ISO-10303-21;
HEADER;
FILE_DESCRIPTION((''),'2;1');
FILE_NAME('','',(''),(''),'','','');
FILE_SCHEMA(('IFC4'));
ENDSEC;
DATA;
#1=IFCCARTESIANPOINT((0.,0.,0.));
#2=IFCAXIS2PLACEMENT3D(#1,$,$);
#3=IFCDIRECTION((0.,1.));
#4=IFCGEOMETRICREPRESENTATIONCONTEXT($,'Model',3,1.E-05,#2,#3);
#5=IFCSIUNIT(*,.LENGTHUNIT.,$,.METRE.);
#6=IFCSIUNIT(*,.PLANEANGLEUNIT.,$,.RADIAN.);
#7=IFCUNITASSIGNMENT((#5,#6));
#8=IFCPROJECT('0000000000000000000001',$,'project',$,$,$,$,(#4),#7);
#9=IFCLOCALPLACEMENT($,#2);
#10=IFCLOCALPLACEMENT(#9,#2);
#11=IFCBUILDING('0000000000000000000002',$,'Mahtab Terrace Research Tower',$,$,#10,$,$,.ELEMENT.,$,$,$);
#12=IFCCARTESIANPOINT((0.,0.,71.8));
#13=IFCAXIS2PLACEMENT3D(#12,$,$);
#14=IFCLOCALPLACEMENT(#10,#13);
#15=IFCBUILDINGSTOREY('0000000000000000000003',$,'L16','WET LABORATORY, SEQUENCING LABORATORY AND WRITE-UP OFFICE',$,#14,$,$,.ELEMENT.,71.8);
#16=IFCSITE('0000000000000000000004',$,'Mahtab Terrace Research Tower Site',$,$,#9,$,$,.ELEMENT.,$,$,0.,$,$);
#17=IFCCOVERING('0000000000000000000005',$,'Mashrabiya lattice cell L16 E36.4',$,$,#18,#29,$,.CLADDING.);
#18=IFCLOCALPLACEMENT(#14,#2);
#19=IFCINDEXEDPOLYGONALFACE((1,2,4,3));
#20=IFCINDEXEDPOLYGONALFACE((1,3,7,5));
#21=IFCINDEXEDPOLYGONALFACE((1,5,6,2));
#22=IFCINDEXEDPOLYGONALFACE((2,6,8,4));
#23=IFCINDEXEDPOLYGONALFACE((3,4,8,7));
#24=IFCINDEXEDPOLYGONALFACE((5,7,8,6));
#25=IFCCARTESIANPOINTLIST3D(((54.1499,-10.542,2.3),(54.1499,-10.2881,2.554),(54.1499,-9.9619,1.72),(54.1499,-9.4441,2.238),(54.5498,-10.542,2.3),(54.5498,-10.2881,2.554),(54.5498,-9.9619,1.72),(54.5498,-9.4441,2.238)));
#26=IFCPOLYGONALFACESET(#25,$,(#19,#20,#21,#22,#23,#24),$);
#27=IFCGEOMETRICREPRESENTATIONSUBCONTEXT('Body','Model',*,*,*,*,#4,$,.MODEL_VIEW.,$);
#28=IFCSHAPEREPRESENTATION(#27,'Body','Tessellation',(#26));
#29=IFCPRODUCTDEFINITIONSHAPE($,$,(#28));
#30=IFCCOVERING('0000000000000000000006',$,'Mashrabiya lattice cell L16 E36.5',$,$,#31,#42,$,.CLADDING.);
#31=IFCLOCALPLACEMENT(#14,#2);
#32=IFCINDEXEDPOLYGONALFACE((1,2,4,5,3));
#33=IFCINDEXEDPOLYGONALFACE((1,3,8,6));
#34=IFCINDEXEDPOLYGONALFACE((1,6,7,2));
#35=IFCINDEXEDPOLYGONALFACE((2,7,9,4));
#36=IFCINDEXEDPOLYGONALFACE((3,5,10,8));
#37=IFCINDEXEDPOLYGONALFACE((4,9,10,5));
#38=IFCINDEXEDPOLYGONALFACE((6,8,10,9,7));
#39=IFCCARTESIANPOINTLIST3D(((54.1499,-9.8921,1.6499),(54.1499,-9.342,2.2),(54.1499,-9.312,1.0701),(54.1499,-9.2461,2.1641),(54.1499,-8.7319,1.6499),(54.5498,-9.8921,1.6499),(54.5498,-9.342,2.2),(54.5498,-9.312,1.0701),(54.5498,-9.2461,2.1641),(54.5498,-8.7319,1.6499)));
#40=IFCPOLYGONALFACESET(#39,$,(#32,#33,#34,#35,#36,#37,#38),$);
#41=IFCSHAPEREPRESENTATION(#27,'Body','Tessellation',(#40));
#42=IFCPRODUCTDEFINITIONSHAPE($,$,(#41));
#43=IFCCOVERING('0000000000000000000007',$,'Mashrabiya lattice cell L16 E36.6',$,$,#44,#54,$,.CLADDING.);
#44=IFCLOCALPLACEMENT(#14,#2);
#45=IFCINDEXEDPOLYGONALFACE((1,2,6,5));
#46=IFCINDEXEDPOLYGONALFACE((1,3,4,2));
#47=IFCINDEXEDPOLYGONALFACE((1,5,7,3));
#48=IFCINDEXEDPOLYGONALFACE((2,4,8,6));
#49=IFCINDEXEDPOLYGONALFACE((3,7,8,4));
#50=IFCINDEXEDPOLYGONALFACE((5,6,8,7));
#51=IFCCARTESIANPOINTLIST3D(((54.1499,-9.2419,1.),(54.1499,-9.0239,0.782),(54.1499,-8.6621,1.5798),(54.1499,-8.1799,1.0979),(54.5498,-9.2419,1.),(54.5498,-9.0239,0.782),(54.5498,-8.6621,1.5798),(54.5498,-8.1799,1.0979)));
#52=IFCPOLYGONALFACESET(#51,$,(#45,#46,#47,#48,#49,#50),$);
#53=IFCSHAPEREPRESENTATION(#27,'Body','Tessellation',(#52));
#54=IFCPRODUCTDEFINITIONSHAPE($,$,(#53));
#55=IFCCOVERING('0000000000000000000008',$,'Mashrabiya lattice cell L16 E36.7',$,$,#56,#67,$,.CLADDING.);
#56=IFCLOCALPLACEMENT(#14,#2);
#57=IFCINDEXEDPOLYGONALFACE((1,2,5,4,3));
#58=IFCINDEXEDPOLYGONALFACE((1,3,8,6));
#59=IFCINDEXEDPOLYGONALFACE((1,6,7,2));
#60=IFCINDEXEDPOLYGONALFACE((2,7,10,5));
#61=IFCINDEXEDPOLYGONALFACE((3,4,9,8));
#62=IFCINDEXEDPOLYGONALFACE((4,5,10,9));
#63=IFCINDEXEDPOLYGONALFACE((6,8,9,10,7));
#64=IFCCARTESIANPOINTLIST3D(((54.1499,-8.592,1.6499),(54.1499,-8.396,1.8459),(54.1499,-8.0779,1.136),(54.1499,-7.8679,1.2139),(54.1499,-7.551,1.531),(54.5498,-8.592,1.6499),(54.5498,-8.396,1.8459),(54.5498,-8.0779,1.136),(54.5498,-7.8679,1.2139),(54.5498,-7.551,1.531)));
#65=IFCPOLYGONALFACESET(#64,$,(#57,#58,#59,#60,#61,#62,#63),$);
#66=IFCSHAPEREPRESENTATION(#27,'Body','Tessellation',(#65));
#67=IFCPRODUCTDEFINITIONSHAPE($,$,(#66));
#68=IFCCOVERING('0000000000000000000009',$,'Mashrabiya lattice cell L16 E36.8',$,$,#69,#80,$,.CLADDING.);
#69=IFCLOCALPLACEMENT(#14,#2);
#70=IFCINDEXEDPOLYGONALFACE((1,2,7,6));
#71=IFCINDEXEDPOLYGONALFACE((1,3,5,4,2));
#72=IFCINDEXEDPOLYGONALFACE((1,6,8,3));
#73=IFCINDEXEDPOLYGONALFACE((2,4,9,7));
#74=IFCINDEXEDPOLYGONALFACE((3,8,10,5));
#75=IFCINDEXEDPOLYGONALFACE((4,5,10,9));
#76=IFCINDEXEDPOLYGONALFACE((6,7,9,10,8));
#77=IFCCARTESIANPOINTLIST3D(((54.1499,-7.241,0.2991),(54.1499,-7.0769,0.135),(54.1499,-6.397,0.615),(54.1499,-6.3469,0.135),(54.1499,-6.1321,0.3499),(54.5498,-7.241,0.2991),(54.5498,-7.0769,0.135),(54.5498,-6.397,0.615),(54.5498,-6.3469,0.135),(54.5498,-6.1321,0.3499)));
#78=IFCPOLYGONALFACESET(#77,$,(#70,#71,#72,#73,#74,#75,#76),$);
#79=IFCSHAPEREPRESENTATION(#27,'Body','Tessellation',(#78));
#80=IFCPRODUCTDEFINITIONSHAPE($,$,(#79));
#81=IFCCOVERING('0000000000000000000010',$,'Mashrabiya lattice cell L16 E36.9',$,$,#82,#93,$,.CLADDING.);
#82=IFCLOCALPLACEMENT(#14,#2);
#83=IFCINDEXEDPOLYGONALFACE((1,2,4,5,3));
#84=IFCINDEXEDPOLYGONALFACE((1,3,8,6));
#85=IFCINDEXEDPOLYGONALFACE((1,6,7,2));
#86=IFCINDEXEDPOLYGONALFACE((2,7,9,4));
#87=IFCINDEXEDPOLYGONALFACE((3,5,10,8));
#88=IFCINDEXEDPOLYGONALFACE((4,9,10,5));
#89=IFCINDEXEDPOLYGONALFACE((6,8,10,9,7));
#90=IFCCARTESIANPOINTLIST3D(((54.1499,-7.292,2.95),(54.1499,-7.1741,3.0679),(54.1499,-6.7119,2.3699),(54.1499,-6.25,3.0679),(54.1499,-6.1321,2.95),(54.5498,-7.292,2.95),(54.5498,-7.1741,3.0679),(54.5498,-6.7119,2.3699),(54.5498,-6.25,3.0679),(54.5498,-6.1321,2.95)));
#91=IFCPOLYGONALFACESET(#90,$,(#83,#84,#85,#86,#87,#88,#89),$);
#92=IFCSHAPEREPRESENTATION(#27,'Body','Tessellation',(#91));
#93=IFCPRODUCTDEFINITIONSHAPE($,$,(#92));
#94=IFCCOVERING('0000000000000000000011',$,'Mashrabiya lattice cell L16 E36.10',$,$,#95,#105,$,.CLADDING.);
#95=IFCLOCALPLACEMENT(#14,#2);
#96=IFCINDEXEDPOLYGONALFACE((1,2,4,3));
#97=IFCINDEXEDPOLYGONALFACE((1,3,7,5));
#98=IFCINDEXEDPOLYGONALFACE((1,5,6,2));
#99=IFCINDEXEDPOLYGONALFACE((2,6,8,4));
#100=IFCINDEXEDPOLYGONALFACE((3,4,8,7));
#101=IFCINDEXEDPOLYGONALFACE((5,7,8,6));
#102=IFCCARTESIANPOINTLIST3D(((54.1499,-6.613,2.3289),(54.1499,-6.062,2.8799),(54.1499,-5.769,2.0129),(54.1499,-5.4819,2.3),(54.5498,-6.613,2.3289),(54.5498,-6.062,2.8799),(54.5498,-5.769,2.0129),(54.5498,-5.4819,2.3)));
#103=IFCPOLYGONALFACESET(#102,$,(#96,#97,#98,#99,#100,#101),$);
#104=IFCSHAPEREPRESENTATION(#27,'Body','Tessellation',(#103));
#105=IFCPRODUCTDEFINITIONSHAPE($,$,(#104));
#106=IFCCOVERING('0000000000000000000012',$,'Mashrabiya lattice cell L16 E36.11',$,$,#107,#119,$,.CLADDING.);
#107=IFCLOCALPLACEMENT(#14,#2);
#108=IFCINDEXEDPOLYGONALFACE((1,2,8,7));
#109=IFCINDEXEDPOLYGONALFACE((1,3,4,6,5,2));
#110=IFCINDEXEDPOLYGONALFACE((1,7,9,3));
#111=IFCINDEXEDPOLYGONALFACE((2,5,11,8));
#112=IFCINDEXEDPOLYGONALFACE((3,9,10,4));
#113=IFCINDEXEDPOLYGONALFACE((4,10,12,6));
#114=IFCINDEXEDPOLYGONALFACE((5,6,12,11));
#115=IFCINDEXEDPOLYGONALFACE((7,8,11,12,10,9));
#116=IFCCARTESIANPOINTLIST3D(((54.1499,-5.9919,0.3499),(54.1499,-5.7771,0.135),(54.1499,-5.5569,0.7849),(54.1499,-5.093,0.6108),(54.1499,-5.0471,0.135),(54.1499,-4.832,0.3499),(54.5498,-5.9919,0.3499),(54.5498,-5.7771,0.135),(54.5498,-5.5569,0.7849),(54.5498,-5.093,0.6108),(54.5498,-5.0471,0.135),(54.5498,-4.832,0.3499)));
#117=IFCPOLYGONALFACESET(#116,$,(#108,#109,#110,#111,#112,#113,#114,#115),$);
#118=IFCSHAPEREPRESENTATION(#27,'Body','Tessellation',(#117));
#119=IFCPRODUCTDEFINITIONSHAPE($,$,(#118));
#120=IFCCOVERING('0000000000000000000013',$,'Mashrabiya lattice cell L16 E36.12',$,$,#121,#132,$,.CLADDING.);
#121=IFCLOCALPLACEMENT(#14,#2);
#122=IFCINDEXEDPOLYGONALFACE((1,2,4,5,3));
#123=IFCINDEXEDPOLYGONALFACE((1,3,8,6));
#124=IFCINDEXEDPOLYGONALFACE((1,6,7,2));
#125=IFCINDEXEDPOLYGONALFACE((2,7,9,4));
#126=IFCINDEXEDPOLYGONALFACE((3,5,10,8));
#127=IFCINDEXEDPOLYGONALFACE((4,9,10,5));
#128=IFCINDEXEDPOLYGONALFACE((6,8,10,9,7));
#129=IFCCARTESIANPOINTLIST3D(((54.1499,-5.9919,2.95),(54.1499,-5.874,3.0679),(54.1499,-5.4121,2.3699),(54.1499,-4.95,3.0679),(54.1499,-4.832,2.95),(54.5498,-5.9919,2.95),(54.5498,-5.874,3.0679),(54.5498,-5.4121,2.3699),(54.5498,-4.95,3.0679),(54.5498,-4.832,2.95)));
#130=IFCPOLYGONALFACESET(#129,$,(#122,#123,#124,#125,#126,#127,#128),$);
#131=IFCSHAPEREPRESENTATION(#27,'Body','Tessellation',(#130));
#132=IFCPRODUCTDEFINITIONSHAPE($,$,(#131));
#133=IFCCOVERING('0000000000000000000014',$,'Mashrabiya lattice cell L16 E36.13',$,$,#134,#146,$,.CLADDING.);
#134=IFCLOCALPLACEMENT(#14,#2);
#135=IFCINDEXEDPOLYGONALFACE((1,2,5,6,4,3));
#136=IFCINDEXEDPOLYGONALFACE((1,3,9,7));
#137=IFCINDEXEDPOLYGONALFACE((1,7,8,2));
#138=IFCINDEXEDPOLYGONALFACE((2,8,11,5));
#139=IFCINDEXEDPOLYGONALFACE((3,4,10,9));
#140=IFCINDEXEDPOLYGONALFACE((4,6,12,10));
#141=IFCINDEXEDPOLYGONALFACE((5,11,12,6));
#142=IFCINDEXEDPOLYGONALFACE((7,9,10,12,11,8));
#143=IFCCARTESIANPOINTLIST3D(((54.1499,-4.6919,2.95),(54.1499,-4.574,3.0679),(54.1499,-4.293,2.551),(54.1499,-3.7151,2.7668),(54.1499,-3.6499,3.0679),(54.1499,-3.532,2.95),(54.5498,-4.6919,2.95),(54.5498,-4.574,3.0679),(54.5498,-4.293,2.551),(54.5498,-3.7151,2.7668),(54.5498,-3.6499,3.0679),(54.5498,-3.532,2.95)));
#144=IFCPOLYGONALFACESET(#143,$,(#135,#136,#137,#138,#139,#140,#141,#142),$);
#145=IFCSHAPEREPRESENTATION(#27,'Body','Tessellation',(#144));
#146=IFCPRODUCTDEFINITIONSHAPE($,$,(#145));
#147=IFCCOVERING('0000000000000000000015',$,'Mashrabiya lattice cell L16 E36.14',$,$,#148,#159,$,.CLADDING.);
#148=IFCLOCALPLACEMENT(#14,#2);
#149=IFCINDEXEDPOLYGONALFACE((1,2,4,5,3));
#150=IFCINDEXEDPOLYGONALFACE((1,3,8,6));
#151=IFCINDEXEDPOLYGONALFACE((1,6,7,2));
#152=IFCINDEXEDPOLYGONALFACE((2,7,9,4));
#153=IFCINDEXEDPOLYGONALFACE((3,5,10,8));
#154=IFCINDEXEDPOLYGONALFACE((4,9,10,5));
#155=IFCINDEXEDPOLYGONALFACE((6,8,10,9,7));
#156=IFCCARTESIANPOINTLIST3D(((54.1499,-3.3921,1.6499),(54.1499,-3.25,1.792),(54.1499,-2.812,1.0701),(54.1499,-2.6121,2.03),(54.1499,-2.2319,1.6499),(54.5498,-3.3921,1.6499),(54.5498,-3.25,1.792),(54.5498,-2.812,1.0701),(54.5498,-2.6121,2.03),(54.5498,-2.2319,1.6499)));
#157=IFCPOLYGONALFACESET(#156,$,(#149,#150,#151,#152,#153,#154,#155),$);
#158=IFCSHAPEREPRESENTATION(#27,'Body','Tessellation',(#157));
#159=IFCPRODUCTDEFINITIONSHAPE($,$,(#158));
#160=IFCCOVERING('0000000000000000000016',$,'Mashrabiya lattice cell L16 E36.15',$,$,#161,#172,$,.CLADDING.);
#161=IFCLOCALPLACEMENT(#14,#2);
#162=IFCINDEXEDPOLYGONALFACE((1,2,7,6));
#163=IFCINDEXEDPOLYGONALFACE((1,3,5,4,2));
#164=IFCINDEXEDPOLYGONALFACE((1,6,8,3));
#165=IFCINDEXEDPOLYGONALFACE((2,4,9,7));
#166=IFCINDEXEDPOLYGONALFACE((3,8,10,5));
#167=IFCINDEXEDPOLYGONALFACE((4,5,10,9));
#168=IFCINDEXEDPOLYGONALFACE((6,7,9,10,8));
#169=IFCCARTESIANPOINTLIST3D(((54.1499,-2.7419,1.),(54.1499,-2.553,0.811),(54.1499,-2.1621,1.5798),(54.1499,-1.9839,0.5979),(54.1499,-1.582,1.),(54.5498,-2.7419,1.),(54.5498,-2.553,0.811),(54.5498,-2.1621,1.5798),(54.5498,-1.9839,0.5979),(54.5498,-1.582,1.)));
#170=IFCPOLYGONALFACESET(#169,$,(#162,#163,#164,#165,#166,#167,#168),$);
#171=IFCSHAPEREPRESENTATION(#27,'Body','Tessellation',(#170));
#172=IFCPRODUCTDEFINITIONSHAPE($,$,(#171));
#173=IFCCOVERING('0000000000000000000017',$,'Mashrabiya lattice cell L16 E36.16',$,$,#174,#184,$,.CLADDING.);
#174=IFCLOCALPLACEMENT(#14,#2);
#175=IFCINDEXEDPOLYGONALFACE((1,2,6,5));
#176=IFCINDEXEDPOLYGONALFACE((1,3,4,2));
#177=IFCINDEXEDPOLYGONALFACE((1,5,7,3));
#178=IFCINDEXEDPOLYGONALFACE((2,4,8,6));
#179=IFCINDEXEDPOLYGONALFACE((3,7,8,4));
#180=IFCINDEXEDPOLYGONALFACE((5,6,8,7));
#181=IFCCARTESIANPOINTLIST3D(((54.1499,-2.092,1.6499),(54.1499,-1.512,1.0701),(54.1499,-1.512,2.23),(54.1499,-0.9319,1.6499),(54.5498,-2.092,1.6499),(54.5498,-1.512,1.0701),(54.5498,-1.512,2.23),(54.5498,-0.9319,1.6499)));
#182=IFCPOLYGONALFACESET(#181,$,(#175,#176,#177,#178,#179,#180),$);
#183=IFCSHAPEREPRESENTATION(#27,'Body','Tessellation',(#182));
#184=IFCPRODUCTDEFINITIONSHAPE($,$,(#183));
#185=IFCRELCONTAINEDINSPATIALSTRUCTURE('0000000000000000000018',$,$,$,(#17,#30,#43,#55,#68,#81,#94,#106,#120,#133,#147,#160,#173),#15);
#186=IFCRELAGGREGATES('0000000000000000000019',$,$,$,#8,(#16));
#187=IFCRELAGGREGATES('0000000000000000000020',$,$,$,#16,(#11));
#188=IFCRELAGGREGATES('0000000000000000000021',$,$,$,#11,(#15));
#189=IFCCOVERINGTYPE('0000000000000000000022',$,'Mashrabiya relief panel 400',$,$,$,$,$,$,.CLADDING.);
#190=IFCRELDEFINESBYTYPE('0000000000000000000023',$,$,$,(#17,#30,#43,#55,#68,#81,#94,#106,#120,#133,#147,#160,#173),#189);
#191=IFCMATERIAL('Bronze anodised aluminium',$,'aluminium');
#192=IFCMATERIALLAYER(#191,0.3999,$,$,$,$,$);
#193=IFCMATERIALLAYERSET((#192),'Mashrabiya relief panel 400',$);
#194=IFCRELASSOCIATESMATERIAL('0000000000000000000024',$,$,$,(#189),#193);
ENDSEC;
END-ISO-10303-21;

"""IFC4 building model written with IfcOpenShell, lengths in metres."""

from ifc_helpers import new_model, si_unit, direction, frame, origin, place, context, subcontext, project, spatial, polyline, outline, extrude, material, layer, layer_set, type_object, element, save


model = new_model("IFC4")

# Units and contexts
model_context = context("Model", 3, precision=1e-05, world=origin(), true_north=direction((0.0, 1.0)))
body_context = subcontext(model_context, "Body", "Model", "MODEL_VIEW")
ifc_project = project(units=[si_unit("LENGTHUNIT", "METRE"), si_unit("PLANEANGLEUNIT", "RADIAN")], contexts=[model_context])

# Site, building, storey
site_placement = place(None, origin())
site = spatial("IfcSite", under=ifc_project, at=site_placement, Name="Mahtab Terrace Research Tower Site", CompositionType="ELEMENT", RefElevation=0.0)
building_placement = place(site_placement, origin())
building = spatial("IfcBuilding", under=site, at=building_placement, Name="Mahtab Terrace Research Tower", CompositionType="ELEMENT")
storey_placement = place(building_placement, frame((0.0, 0.0, 71.8)))
storey = spatial("IfcBuildingStorey", under=building, at=storey_placement, Name="L16", Description="WET LABORATORY, SEQUENCING LABORATORY AND WRITE-UP OFFICE", CompositionType="ELEMENT", Elevation=71.8)

# Coverings
ifc_material_1 = material(Name="Bronze anodised aluminium", Category="aluminium")
ifc_layer_1 = layer(ifc_material_1, 0.3999)
ifc_layer_set_1 = layer_set([ifc_layer_1], Name="Mashrabiya relief panel 400")
covering_type = type_object("IfcCoveringType", Name="Mashrabiya relief panel 400", PredefinedType="CLADDING", material=ifc_layer_set_1)
covering_1_placement = place(storey_placement, frame((54.1499, -9.9619, 1.72), z_axis=(-1.0, 0.0, 0.0), x_axis=(0.0, -0.707107, 0.707107)))
element("IfcCovering", 1, at=covering_1_placement, inside=storey, type_object=covering_type, Name="Mashrabiya lattice cell L16 E36.4", PredefinedType="CLADDING", context=body_context, shape_type="SweptSolid", body=[
    extrude(outline(polyline([(0.0, 0.0), (0.8204, 0.0), (0.8204, 0.3591), (0.0002, 0.7325), (0.0, 0.0)])), origin(), (0.0, 0.0, -1.0), 0.3999),
])
covering_2_placement = place(storey_placement, frame((54.1499, -8.7319, 1.6499), z_axis=(-1.0, 0.0, 0.0), x_axis=(0.0, -0.707256, -0.706958)))
element("IfcCovering", 2, at=covering_2_placement, inside=storey, type_object=covering_type, Name="Mashrabiya lattice cell L16 E36.5", PredefinedType="CLADDING", context=body_context, shape_type="SweptSolid", body=[
    extrude(outline(polyline([(0.0, 0.0), (0.8202, 0.0), (0.8205, 0.8202), (0.0426, 0.8203), (0.0002, 0.7271), (0.0, 0.0)])), origin(), (0.0, 0.0, -1.0), 0.3999),
])
covering_3_placement = place(storey_placement, frame((54.1499, -9.2419, 1.0), z_axis=(-1.0, 0.0, 0.0), x_axis=(0.0, 0.707107, 0.707107)))
element("IfcCovering", 3, at=covering_3_placement, inside=storey, type_object=covering_type, Name="Mashrabiya lattice cell L16 E36.6", PredefinedType="CLADDING", context=body_context, shape_type="SweptSolid", body=[
    extrude(outline(polyline([(0.0, 0.0), (0.82, 0.0), (0.8202, 0.6817), (0.0, 0.3083), (0.0, 0.0)])), origin(), (0.0, 0.0, -1.0), 0.3999),
])
covering_4_placement = place(storey_placement, frame((54.1499, -8.592, 1.6499), z_axis=(-1.0, 0.0, 0.0), x_axis=(0.0, 0.707107, 0.707107)))
element("IfcCovering", 4, at=covering_4_placement, inside=storey, type_object=covering_type, Name="Mashrabiya lattice cell L16 E36.7", PredefinedType="CLADDING", context=body_context, shape_type="SweptSolid", body=[
    extrude(outline(polyline([(0.0, 0.0), (0.2772, 0.0), (0.652, 0.8202), (0.2037, 0.8204), (0.0002, 0.727), (0.0, 0.0)])), origin(), (0.0, 0.0, -1.0), 0.3999),
])
covering_5_placement = place(storey_placement, frame((54.1499, -7.241, 0.2991), z_axis=(-1.0, 0.0, 0.0), x_axis=(0.0, 0.936541, 0.350559)))
element("IfcCovering", 5, at=covering_5_placement, inside=storey, type_object=covering_type, Name="Mashrabiya lattice cell L16 E36.8", PredefinedType="CLADDING", context=body_context, shape_type="SweptSolid", body=[
    extrude(outline(polyline([(0.0, 0.0), (0.9012, 0.0), (1.0563, 0.3412), (0.7798, 0.4671), (0.0961, 0.2112), (0.0, 0.0)])), origin(), (0.0, 0.0, -1.0), 0.3999),
])
covering_6_placement = place(storey_placement, frame((54.1499, -6.1321, 2.95), z_axis=(-1.0, 0.0, 0.0), x_axis=(0.0, -0.706958, -0.707256)))
element("IfcCovering", 6, at=covering_6_placement, inside=storey, type_object=covering_type, Name="Mashrabiya lattice cell L16 E36.9", PredefinedType="CLADDING", context=body_context, shape_type="SweptSolid", body=[
    extrude(outline(polyline([(0.0, 0.0), (0.8202, 0.0), (0.82, 0.8204), (0.6532, 0.8203), (0.0, 0.1668), (0.0, 0.0)])), origin(), (0.0, 0.0, -1.0), 0.3999),
])
covering_7_placement = place(storey_placement, frame((54.1499, -6.062, 2.8799), z_axis=(-1.0, 0.0, 0.0), x_axis=(0.0, 0.707256, -0.706958)))
element("IfcCovering", 7, at=covering_7_placement, inside=storey, type_object=covering_type, Name="Mashrabiya lattice cell L16 E36.10", PredefinedType="CLADDING", context=body_context, shape_type="SweptSolid", body=[
    extrude(outline(polyline([(0.0, 0.0), (0.8202, 0.0), (0.8201, 0.406), (-0.0002, 0.7793), (0.0, 0.0)])), origin(), (0.0, 0.0, -1.0), 0.3999),
])
covering_8_placement = place(storey_placement, frame((54.1499, -5.9919, 0.3499), z_axis=(-1.0, 0.0, 0.0), x_axis=(0.0, 0.707107, 0.707107)))
element("IfcCovering", 8, at=covering_8_placement, inside=storey, type_object=covering_type, Name="Mashrabiya lattice cell L16 E36.11", PredefinedType="CLADDING", context=body_context, shape_type="SweptSolid", body=[
    extrude(outline(polyline([(0.0, 0.0), (0.6153, 0.0), (0.8202, 0.4511), (0.8202, 0.8202), (0.5162, 0.82), (0.0, 0.3038), (0.0, 0.0)])), origin(), (0.0, 0.0, -1.0), 0.3999),
])
covering_9_placement = place(storey_placement, frame((54.1499, -4.832, 2.95), z_axis=(-1.0, 0.0, 0.0), x_axis=(0.0, -0.707107, -0.707107)))
element("IfcCovering", 9, at=covering_9_placement, inside=storey, type_object=covering_type, Name="Mashrabiya lattice cell L16 E36.12", PredefinedType="CLADDING", context=body_context, shape_type="SweptSolid", body=[
    extrude(outline(polyline([(0.0, 0.0), (0.8204, 0.0), (0.8202, 0.8202), (0.6534, 0.8202), (0.0, 0.1668), (0.0, 0.0)])), origin(), (0.0, 0.0, -1.0), 0.3999),
])
covering_10_placement = place(storey_placement, frame((54.1499, -4.6919, 2.95), z_axis=(-1.0, 0.0, 0.0), x_axis=(0.0, 0.707107, 0.707107)))
element("IfcCovering", 10, at=covering_10_placement, inside=storey, type_object=covering_type, Name="Mashrabiya lattice cell L16 E36.13", PredefinedType="CLADDING", context=body_context, shape_type="SweptSolid", body=[
    extrude(outline(polyline([(0.0, 0.0), (0.1668, 0.0), (0.8202, 0.6534), (0.8202, 0.8202), (0.5612, 0.8202), (0.0, 0.5642), (0.0, 0.0)])), origin(), (0.0, 0.0, -1.0), 0.3999),
])
covering_11_placement = place(storey_placement, frame((54.1499, -2.2319, 1.6499), z_axis=(-1.0, 0.0, 0.0), x_axis=(0.0, -0.707256, -0.706958)))
element("IfcCovering", 11, at=covering_11_placement, inside=storey, type_object=covering_type, Name="Mashrabiya lattice cell L16 E36.14", PredefinedType="CLADDING", context=body_context, shape_type="SweptSolid", body=[
    extrude(outline(polyline([(0.0, 0.0), (0.8202, 0.0), (0.8205, 0.8202), (0.6196, 0.8202), (0.0001, 0.5376), (0.0, 0.0)])), origin(), (0.0, 0.0, -1.0), 0.3999),
])
covering_12_placement = place(storey_placement, frame((54.1499, -2.7419, 1.0), z_axis=(-1.0, 0.0, 0.0), x_axis=(0.0, 0.707107, 0.707107)))
element("IfcCovering", 12, at=covering_12_placement, inside=storey, type_object=covering_type, Name="Mashrabiya lattice cell L16 E36.15", PredefinedType="CLADDING", context=body_context, shape_type="SweptSolid", body=[
    extrude(outline(polyline([(0.0, 0.0), (0.82, 0.0), (0.8202, 0.8202), (0.2517, 0.8204), (0.0, 0.2672), (0.0, 0.0)])), origin(), (0.0, 0.0, -1.0), 0.3999),
])
covering_13_placement = place(storey_placement, frame((54.1499, -1.512, 2.23), z_axis=(-1.0, 0.0, 0.0), x_axis=(0.0, 0.707107, -0.707107)))
element("IfcCovering", 13, at=covering_13_placement, inside=storey, type_object=covering_type, Name="Mashrabiya lattice cell L16 E36.16", PredefinedType="CLADDING", context=body_context, shape_type="SweptSolid", body=[
    extrude(outline(polyline([(0.0, 0.0), (0.8204, 0.0), (0.8202, 0.8202), (0.0, 0.8204), (0.0, 0.0)])), origin(), (0.0, 0.0, -1.0), 0.3999),
])

save(model, "model.ifc")
